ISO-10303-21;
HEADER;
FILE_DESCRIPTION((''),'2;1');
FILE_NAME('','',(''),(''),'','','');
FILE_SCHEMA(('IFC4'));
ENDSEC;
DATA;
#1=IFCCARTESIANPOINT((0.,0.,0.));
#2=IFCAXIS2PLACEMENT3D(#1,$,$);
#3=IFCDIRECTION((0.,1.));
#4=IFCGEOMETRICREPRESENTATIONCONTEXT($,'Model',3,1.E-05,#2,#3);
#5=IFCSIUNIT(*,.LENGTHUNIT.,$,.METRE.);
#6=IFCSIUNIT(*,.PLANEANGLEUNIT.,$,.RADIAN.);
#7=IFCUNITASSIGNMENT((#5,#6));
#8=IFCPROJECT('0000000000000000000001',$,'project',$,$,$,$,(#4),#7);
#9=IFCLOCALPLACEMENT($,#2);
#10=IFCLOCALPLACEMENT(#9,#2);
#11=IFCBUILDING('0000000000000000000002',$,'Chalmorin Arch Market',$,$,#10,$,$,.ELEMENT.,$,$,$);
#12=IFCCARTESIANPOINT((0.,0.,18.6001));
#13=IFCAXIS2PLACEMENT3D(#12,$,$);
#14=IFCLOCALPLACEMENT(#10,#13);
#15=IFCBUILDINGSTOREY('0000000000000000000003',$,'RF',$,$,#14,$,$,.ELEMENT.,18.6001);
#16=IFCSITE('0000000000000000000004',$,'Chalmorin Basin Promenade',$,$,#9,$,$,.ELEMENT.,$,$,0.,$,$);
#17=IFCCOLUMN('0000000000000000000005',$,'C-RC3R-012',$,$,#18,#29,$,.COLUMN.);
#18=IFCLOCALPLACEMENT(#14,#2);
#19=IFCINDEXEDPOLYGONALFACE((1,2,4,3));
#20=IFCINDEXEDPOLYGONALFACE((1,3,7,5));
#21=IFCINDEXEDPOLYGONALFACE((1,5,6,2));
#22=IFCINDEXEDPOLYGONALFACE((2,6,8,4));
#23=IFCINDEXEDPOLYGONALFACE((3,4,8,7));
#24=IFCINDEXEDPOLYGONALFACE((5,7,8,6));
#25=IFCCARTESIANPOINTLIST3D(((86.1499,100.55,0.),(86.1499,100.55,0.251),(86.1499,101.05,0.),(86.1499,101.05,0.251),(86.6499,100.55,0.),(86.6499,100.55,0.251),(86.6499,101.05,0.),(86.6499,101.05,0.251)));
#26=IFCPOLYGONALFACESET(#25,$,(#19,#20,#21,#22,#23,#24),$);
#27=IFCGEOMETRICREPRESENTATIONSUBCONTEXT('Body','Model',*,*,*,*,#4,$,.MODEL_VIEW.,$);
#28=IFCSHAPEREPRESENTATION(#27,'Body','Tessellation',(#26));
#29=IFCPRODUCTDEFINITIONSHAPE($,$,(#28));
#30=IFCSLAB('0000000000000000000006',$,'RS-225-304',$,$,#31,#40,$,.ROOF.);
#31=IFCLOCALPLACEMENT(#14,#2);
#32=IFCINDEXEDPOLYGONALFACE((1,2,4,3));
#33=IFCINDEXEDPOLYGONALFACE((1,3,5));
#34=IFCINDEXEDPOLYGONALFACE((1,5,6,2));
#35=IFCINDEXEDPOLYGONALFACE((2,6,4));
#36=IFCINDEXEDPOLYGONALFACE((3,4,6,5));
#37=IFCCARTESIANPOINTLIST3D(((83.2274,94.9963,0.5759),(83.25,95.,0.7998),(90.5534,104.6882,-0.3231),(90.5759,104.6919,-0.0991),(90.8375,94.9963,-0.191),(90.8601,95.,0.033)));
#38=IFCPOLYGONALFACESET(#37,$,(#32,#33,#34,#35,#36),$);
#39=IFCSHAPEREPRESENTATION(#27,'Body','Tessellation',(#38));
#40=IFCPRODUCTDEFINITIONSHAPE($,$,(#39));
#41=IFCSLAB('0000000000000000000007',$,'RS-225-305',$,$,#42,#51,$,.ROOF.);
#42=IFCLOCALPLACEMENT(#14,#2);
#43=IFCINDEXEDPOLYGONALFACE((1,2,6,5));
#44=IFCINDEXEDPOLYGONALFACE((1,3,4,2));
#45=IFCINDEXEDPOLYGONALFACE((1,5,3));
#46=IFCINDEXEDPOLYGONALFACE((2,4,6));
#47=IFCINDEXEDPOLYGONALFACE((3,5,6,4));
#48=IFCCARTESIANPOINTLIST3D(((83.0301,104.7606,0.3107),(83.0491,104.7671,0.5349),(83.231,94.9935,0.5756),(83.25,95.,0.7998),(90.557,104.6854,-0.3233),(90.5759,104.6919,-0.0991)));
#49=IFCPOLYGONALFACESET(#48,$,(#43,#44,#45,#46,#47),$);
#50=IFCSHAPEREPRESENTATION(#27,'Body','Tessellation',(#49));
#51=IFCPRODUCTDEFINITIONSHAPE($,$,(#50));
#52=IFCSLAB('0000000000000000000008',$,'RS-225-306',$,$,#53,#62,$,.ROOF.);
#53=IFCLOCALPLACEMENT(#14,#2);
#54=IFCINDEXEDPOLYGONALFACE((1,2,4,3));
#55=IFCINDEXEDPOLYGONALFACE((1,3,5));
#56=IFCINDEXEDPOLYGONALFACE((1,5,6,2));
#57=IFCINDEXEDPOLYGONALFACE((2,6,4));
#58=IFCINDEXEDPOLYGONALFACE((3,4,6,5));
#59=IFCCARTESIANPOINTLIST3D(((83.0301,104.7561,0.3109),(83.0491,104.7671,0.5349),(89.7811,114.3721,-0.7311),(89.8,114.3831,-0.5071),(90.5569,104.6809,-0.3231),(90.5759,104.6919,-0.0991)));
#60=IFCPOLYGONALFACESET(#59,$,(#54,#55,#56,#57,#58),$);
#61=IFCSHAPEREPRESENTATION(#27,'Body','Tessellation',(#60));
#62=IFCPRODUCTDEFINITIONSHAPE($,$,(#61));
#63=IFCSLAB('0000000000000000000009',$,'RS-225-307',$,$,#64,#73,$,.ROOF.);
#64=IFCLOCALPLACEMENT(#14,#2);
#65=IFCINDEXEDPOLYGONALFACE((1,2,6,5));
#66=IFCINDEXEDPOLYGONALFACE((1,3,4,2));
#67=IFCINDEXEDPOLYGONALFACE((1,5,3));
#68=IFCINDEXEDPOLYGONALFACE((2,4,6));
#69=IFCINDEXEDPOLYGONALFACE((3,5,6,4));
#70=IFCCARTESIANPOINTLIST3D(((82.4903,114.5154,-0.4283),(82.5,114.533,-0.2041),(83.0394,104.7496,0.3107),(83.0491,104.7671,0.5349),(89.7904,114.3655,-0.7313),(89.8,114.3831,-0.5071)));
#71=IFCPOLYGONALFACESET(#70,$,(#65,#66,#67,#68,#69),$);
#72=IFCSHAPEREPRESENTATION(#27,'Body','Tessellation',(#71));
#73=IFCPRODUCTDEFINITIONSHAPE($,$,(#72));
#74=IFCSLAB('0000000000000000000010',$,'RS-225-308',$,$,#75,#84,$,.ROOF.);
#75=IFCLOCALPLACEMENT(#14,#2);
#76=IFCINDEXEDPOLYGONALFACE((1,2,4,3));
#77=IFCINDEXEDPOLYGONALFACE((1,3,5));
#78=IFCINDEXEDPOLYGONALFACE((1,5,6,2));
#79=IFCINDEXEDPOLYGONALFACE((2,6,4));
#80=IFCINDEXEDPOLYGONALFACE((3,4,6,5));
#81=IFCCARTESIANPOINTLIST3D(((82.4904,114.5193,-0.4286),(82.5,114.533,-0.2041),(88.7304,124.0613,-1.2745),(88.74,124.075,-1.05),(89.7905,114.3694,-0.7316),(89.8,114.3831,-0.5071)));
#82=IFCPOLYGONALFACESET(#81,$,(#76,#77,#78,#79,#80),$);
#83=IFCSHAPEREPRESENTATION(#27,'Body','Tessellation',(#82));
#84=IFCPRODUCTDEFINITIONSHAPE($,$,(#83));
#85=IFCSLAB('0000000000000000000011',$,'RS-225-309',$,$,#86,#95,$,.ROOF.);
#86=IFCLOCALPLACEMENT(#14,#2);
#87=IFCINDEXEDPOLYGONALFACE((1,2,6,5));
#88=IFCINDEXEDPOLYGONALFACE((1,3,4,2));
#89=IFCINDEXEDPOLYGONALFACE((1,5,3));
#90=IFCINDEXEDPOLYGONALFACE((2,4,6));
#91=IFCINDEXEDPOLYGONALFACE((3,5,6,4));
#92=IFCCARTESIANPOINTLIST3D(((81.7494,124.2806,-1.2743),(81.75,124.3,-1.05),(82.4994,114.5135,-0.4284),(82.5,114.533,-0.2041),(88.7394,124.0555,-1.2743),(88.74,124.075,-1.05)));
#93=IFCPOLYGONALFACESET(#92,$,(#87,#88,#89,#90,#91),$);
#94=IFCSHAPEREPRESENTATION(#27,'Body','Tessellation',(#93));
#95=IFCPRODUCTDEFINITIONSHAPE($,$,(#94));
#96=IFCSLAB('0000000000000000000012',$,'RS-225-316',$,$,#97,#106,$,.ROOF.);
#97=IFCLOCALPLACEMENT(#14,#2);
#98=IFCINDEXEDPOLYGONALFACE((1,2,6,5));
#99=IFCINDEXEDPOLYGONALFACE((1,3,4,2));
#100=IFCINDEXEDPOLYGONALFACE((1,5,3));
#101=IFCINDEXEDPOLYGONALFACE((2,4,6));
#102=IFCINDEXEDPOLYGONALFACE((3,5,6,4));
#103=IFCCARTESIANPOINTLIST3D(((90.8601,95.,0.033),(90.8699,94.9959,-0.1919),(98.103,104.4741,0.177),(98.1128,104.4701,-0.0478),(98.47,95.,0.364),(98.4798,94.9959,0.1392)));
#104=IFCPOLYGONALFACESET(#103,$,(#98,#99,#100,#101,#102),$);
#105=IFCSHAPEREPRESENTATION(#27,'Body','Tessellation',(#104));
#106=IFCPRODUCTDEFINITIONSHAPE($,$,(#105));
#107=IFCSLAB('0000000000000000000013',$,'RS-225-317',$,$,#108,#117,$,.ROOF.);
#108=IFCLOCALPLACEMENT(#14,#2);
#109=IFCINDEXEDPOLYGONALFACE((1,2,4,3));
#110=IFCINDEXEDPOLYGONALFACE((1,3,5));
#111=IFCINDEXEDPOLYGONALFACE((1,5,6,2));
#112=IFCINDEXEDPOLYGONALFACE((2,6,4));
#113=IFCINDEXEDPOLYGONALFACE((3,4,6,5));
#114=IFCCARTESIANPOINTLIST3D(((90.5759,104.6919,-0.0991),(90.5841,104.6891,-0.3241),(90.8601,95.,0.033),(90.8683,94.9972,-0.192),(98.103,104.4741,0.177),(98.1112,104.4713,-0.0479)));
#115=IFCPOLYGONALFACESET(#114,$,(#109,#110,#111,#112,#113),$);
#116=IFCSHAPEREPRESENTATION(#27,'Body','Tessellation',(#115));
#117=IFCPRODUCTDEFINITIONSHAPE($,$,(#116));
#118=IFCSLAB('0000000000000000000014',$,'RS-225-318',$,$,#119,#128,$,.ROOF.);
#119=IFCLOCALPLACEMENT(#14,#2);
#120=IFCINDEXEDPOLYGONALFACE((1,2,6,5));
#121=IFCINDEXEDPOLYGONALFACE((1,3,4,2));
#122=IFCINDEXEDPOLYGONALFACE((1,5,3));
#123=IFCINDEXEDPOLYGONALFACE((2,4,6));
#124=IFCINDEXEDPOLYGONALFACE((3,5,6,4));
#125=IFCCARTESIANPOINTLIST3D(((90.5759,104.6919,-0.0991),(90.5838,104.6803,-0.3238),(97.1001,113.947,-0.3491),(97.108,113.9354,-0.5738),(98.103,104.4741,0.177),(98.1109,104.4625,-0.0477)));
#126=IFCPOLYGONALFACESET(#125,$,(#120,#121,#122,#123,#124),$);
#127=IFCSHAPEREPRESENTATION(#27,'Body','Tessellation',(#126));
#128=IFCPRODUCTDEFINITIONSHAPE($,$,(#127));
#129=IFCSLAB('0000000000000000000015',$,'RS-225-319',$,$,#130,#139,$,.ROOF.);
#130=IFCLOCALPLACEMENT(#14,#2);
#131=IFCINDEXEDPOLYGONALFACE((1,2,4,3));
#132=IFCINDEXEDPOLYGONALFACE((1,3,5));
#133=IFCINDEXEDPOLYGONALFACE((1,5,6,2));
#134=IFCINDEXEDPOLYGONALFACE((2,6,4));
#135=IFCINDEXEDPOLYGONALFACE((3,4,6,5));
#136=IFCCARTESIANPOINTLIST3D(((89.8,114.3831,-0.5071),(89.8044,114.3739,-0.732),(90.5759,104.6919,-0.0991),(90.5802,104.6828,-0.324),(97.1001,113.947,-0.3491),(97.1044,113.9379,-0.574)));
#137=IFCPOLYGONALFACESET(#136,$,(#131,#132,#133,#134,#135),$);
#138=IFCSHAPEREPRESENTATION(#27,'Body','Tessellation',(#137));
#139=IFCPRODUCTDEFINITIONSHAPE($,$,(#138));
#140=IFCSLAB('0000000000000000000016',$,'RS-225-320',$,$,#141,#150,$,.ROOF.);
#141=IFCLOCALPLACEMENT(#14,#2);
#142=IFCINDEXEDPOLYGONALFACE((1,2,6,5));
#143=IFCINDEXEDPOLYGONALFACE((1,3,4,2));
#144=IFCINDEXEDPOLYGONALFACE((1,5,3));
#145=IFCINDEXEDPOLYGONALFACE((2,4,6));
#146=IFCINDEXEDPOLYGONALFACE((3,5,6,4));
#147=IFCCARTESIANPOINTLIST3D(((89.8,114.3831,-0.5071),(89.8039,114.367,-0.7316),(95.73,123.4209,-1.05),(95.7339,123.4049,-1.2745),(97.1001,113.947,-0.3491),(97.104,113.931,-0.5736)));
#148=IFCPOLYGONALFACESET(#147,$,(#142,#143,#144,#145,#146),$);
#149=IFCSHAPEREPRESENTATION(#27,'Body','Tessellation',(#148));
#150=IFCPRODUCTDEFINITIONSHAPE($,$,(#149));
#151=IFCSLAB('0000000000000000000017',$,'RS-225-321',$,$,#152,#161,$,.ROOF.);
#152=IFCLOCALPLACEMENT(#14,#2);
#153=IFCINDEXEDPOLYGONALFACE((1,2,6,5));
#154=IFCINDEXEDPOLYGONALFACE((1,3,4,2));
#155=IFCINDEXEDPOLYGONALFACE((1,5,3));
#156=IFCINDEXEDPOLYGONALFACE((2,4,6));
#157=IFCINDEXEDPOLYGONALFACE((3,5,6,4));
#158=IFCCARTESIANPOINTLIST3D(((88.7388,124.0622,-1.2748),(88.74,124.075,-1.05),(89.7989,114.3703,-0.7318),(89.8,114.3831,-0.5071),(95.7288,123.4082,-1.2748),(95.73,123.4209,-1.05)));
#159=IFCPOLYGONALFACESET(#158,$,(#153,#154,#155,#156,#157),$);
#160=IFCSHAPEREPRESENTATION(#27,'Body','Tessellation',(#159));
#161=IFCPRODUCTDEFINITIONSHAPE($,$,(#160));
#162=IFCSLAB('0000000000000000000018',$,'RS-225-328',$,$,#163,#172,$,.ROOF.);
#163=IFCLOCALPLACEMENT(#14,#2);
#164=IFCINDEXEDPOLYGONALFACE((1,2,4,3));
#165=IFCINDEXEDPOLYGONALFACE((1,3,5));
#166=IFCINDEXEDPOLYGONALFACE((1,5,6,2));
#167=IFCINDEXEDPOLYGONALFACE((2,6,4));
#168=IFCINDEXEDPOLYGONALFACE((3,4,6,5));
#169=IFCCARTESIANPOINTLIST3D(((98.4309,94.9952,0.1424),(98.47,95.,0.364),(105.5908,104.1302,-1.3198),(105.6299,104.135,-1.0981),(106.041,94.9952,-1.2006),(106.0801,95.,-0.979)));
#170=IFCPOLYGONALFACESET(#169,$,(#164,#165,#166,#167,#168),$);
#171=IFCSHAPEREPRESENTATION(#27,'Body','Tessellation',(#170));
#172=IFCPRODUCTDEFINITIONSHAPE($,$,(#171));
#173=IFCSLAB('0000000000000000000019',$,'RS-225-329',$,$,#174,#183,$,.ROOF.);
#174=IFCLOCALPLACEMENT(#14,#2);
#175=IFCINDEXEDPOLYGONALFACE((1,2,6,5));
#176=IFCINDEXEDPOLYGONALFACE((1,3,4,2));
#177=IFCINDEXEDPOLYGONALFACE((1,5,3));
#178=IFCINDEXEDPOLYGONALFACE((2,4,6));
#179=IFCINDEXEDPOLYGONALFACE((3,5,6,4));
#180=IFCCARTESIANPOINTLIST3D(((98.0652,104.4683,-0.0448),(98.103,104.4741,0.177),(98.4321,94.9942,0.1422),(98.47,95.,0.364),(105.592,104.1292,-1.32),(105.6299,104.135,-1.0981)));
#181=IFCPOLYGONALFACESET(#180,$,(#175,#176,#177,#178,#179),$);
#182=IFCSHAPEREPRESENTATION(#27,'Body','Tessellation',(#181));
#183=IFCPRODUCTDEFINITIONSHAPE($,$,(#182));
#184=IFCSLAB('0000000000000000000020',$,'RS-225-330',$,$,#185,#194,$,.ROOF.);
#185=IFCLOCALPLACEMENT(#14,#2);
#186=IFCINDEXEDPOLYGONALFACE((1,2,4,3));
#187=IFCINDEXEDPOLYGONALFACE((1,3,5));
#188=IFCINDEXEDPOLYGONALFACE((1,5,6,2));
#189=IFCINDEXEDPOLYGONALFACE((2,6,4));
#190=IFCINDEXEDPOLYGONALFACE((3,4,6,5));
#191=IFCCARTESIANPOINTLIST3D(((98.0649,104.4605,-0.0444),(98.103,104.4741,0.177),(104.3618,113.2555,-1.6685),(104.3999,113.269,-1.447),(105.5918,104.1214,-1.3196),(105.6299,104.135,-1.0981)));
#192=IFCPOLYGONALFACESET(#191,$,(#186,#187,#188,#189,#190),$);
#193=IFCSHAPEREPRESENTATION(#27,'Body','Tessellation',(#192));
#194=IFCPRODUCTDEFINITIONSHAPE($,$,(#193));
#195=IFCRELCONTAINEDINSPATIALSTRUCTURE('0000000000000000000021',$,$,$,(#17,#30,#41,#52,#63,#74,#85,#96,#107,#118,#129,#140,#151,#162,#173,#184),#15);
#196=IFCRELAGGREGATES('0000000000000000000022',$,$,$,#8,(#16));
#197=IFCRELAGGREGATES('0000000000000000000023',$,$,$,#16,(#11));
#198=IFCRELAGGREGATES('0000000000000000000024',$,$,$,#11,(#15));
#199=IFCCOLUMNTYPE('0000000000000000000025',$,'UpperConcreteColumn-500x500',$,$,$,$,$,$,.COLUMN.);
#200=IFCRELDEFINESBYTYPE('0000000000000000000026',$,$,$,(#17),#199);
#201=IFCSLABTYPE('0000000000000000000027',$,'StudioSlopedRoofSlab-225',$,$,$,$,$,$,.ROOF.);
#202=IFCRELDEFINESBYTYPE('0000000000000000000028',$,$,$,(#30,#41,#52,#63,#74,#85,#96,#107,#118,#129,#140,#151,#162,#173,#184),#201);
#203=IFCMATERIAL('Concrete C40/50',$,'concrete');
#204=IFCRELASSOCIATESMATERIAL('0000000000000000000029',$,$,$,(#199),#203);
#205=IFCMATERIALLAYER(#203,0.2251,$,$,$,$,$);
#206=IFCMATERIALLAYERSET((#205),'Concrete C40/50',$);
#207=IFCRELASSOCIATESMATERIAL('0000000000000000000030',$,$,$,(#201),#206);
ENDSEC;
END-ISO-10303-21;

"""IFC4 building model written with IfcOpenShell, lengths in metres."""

from ifc_helpers import new_model, si_unit, direction, frame, origin, origin_2d, place, context, subcontext, project, spatial, polyline, rectangle, outline, extrude, material, layer, layer_set, material_profile, profile_set, type_object, element, save


model = new_model("IFC4")

# Units and contexts
model_context = context("Model", 3, precision=1e-05, world=origin(), true_north=direction((0.0, 1.0)))
body_context = subcontext(model_context, "Body", "Model", "MODEL_VIEW")
ifc_project = project(units=[si_unit("LENGTHUNIT", "METRE"), si_unit("PLANEANGLEUNIT", "RADIAN")], contexts=[model_context])

# Site, building, storey
site_placement = place(None, origin())
site = spatial("IfcSite", under=ifc_project, at=site_placement, Name="Chalmorin Basin Promenade", CompositionType="ELEMENT", RefElevation=0.0)
building_placement = place(site_placement, origin())
building = spatial("IfcBuilding", under=site, at=building_placement, Name="Chalmorin Arch Market", CompositionType="ELEMENT")
storey_placement = place(building_placement, frame((0.0, 0.0, 18.6001)))
storey = spatial("IfcBuildingStorey", under=building, at=storey_placement, Name="RF", CompositionType="ELEMENT", Elevation=18.6001)

# Column
ifc_material = material(Name="Concrete C40/50", Category="concrete")
ifc_material_profile = material_profile(ifc_material, rectangle(XDim=0.5, YDim=0.5, at=origin_2d()), Name="RC500X500")
ifc_profile_set = profile_set([ifc_material_profile], Name="Concrete C40/50")
column_type = type_object("IfcColumnType", Name="UpperConcreteColumn-500x500", PredefinedType="COLUMN", material=ifc_profile_set)
column_placement = place(storey_placement, frame((86.3999, 100.8, 0.0), z_axis=(0.0, 0.0, 1.0), x_axis=(1.0, 0.0, 0.0)))
element("IfcColumn", 1, at=column_placement, inside=storey, type_object=column_type, Name="C-RC3R-012", PredefinedType="COLUMN", context=body_context, shape_type="SweptSolid", body=[
    extrude(rectangle(XDim=0.5, YDim=0.5, at=origin_2d()), origin(), (0.0, 0.0, 1.0), 0.251),
])

# Slabs
ifc_layer = layer(ifc_material, 0.2251)
ifc_layer_set = layer_set([ifc_layer], Name="Concrete C40/50")
slab_type = type_object("IfcSlabType", Name="StudioSlopedRoofSlab-225", PredefinedType="ROOF", material=ifc_layer_set)
slab_1_placement = place(storey_placement, frame((83.25, 95.0, 0.7998), z_axis=(0.100245, 0.016497, 0.994826), x_axis=(0.994961, 0.0, -0.100259)))
element("IfcSlab", 2, at=slab_1_placement, inside=storey, type_object=slab_type, Name="RS-225-304", PredefinedType="ROOF", context=body_context, shape_type="SweptSolid", body=[
    extrude(outline(polyline([(0.0, 0.0), (7.6486, 0.0), (7.3791, 9.6932), (0.0, 0.0)])), origin(), (0.0, 0.0, -1.0), 0.2251),
])
slab_2_placement = place(storey_placement, frame((83.25, 95.0, 0.7998), z_axis=(0.084189, 0.028745, 0.996035), x_axis=(0.601355, 0.795567, -0.073789)))
element("IfcSlab", 3, at=slab_2_placement, inside=storey, type_object=slab_type, Name="RS-225-305", PredefinedType="ROOF", context=body_context, shape_type="SweptSolid", body=[
    extrude(outline(polyline([(0.0, 0.0), (12.1824, 0.0), (7.6691, 6.0574), (0.0, 0.0)])), origin(), (0.0, 0.0, -1.0), 0.2251),
])
slab_3_placement = place(storey_placement, frame((83.0491, 104.7671, 0.5349), z_axis=(0.084322, 0.048647, 0.99525), x_axis=(0.996422, -0.009955, -0.083935)))
element("IfcSlab", 4, at=slab_3_placement, inside=storey, type_object=slab_type, Name="RS-225-306", PredefinedType="ROOF", context=body_context, shape_type="SweptSolid", body=[
    extrude(outline(polyline([(0.0, 0.0), (7.5539, 0.0), (6.7186, 9.6948), (0.0, 0.0)])), origin(), (0.0, 0.0, -1.0), 0.2251),
])
slab_4_placement = place(storey_placement, frame((83.0491, 104.7671, 0.5349), z_axis=(0.042937, 0.077788, 0.996045), x_axis=(0.572346, 0.81524, -0.08834)))
element("IfcSlab", 5, at=slab_4_placement, inside=storey, type_object=slab_type, Name="RS-225-307", PredefinedType="ROOF", context=body_context, shape_type="SweptSolid", body=[
    extrude(outline(polyline([(0.0, 0.0), (11.7953, 0.0), (7.7125, 6.0611), (0.0, 0.0)])), origin(), (0.0, 0.0, -1.0), 0.2251),
])
slab_5_placement = place(storey_placement, frame((82.5, 114.533, -0.2041), z_axis=(0.042633, 0.060532, 0.997255), x_axis=(0.99893, -0.020512, -0.041459)))
element("IfcSlab", 6, at=slab_5_placement, inside=storey, type_object=slab_type, Name="RS-225-308", PredefinedType="ROOF", context=body_context, shape_type="SweptSolid", body=[
    extrude(outline(polyline([(0.0, 0.0), (7.3079, 0.0), (6.0727, 9.6864), (0.0, 0.0)])), origin(), (0.0, 0.0, -1.0), 0.2251),
])
slab_6_placement = place(storey_placement, frame((82.5, 114.533, -0.2041), z_axis=(0.002786, 0.086501, 0.996248), x_axis=(0.54581, 0.834635, -0.073995)))
element("IfcSlab", 7, at=slab_6_placement, inside=storey, type_object=slab_type, Name="RS-225-309", PredefinedType="ROOF", context=body_context, shape_type="SweptSolid", body=[
    extrude(outline(polyline([(0.0, 0.0), (11.4325, 0.0), (7.8052, 5.9794), (0.0, 0.0)])), origin(), (0.0, 0.0, -1.0), 0.2251),
])
slab_7_placement = place(storey_placement, frame((90.8601, 95.0, 0.033), z_axis=(-0.043455, 0.018034, 0.998893), x_axis=(0.999055, 0.0, 0.043462)))
element("IfcSlab", 8, at=slab_7_placement, inside=storey, type_object=slab_type, Name="RS-225-316", PredefinedType="ROOF", context=body_context, shape_type="SweptSolid", body=[
    extrude(outline(polyline([(0.0, 0.0), (7.6171, 0.0), (7.2423, 9.4757), (0.0, 0.0)])), origin(), (0.0, 0.0, -1.0), 0.2251),
])
slab_8_placement = place(storey_placement, frame((90.8601, 95.0, 0.033), z_axis=(-0.036294, 0.012554, 0.999262), x_axis=(0.6073, 0.794381, 0.012078)))
element("IfcSlab", 9, at=slab_8_placement, inside=storey, type_object=slab_type, Name="RS-225-317", PredefinedType="ROOF", context=body_context, shape_type="SweptSolid", body=[
    extrude(outline(polyline([(0.0, 0.0), (11.9264, 0.0), (7.5249, 6.1161), (0.0, 0.0)])), origin(), (0.0, 0.0, -1.0), 0.2251),
])
slab_9_placement = place(storey_placement, frame((90.5759, 104.6919, -0.0991), z_axis=(-0.035116, 0.051713, 0.998044), x_axis=(0.99891, -0.0289, 0.036644)))
element("IfcSlab", 10, at=slab_9_placement, inside=storey, type_object=slab_type, Name="RS-225-318", PredefinedType="ROOF", context=body_context, shape_type="SweptSolid", body=[
    extrude(outline(polyline([(0.0, 0.0), (7.5353, 0.0), (6.2404, 9.4521), (0.0, 0.0)])), origin(), (0.0, 0.0, -1.0), 0.2251),
])
slab_10_placement = place(storey_placement, frame((90.5759, 104.6919, -0.0991), z_axis=(-0.019196, 0.040517, 0.998994), x_axis=(0.57602, 0.817137, -0.022073)))
element("IfcSlab", 11, at=slab_10_placement, inside=storey, type_object=slab_type, Name="RS-225-319", PredefinedType="ROOF", context=body_context, shape_type="SweptSolid", body=[
    extrude(outline(polyline([(0.0, 0.0), (11.3263, 0.0), (7.4811, 6.2226), (0.0, 0.0)])), origin(), (0.0, 0.0, -1.0), 0.2251),
])
slab_11_placement = place(storey_placement, frame((89.8, 114.3831, -0.5071), z_axis=(-0.017322, 0.071281, 0.997306), x_axis=(0.997988, -0.05961, 0.021595)))
element("IfcSlab", 12, at=slab_11_placement, inside=storey, type_object=slab_type, Name="RS-225-320", PredefinedType="ROOF", context=body_context, shape_type="SweptSolid", body=[
    extrude(outline(polyline([(0.0, 0.0), (7.3148, 0.0), (5.3675, 9.3985), (0.0, 0.0)])), origin(), (0.0, 0.0, -1.0), 0.2251),
])
slab_12_placement = place(storey_placement, frame((89.8, 114.3831, -0.5071), z_axis=(0.005288, 0.056511, 0.998388), x_axis=(0.547891, 0.835044, -0.050167)))
element("IfcSlab", 13, at=slab_12_placement, inside=storey, type_object=slab_type, Name="RS-225-321", PredefinedType="ROOF", context=body_context, shape_type="SweptSolid", body=[
    extrude(outline(polyline([(0.0, 0.0), (10.8232, 0.0), (7.5396, 6.2053), (0.0, 0.0)])), origin(), (0.0, 0.0, -1.0), 0.2251),
])
slab_13_placement = place(storey_placement, frame((98.47, 95.0, 0.364), z_axis=(0.173753, 0.021404, 0.984557), x_axis=(0.984782, 0.0, -0.173793)))
element("IfcSlab", 14, at=slab_13_placement, inside=storey, type_object=slab_type, Name="RS-225-328", PredefinedType="ROOF", context=body_context, shape_type="SweptSolid", body=[
    extrude(outline(polyline([(0.0, 0.0), (7.7277, 0.0), (7.3051, 9.1371), (0.0, 0.0)])), origin(), (0.0, 0.0, -1.0), 0.2251),
])
slab_14_placement = place(storey_placement, frame((98.47, 95.0, 0.364), z_axis=(0.168114, 0.025963, 0.985426), x_axis=(0.612046, 0.780882, -0.124989)))
element("IfcSlab", 15, at=slab_14_placement, inside=storey, type_object=slab_type, Name="RS-225-329", PredefinedType="ROOF", context=body_context, shape_type="SweptSolid", body=[
    extrude(outline(polyline([(0.0, 0.0), (11.6983, 0.0), (7.197, 6.1751), (0.0, 0.0)])), origin(), (0.0, 0.0, -1.0), 0.2251),
])
slab_15_placement = place(storey_placement, frame((98.103, 104.4741, 0.177), z_axis=(0.169372, 0.06038, 0.983701), x_axis=(0.98498, -0.044377, -0.166868)))
element("IfcSlab", 16, at=slab_15_placement, inside=storey, type_object=slab_type, Name="RS-225-330", PredefinedType="ROOF", context=body_context, shape_type="SweptSolid", body=[
    extrude(outline(polyline([(0.0, 0.0), (7.6416, 0.0), (6.083, 9.0904), (0.0, 0.0)])), origin(), (0.0, 0.0, -1.0), 0.2251),
])

save(model, "model.ifc")
